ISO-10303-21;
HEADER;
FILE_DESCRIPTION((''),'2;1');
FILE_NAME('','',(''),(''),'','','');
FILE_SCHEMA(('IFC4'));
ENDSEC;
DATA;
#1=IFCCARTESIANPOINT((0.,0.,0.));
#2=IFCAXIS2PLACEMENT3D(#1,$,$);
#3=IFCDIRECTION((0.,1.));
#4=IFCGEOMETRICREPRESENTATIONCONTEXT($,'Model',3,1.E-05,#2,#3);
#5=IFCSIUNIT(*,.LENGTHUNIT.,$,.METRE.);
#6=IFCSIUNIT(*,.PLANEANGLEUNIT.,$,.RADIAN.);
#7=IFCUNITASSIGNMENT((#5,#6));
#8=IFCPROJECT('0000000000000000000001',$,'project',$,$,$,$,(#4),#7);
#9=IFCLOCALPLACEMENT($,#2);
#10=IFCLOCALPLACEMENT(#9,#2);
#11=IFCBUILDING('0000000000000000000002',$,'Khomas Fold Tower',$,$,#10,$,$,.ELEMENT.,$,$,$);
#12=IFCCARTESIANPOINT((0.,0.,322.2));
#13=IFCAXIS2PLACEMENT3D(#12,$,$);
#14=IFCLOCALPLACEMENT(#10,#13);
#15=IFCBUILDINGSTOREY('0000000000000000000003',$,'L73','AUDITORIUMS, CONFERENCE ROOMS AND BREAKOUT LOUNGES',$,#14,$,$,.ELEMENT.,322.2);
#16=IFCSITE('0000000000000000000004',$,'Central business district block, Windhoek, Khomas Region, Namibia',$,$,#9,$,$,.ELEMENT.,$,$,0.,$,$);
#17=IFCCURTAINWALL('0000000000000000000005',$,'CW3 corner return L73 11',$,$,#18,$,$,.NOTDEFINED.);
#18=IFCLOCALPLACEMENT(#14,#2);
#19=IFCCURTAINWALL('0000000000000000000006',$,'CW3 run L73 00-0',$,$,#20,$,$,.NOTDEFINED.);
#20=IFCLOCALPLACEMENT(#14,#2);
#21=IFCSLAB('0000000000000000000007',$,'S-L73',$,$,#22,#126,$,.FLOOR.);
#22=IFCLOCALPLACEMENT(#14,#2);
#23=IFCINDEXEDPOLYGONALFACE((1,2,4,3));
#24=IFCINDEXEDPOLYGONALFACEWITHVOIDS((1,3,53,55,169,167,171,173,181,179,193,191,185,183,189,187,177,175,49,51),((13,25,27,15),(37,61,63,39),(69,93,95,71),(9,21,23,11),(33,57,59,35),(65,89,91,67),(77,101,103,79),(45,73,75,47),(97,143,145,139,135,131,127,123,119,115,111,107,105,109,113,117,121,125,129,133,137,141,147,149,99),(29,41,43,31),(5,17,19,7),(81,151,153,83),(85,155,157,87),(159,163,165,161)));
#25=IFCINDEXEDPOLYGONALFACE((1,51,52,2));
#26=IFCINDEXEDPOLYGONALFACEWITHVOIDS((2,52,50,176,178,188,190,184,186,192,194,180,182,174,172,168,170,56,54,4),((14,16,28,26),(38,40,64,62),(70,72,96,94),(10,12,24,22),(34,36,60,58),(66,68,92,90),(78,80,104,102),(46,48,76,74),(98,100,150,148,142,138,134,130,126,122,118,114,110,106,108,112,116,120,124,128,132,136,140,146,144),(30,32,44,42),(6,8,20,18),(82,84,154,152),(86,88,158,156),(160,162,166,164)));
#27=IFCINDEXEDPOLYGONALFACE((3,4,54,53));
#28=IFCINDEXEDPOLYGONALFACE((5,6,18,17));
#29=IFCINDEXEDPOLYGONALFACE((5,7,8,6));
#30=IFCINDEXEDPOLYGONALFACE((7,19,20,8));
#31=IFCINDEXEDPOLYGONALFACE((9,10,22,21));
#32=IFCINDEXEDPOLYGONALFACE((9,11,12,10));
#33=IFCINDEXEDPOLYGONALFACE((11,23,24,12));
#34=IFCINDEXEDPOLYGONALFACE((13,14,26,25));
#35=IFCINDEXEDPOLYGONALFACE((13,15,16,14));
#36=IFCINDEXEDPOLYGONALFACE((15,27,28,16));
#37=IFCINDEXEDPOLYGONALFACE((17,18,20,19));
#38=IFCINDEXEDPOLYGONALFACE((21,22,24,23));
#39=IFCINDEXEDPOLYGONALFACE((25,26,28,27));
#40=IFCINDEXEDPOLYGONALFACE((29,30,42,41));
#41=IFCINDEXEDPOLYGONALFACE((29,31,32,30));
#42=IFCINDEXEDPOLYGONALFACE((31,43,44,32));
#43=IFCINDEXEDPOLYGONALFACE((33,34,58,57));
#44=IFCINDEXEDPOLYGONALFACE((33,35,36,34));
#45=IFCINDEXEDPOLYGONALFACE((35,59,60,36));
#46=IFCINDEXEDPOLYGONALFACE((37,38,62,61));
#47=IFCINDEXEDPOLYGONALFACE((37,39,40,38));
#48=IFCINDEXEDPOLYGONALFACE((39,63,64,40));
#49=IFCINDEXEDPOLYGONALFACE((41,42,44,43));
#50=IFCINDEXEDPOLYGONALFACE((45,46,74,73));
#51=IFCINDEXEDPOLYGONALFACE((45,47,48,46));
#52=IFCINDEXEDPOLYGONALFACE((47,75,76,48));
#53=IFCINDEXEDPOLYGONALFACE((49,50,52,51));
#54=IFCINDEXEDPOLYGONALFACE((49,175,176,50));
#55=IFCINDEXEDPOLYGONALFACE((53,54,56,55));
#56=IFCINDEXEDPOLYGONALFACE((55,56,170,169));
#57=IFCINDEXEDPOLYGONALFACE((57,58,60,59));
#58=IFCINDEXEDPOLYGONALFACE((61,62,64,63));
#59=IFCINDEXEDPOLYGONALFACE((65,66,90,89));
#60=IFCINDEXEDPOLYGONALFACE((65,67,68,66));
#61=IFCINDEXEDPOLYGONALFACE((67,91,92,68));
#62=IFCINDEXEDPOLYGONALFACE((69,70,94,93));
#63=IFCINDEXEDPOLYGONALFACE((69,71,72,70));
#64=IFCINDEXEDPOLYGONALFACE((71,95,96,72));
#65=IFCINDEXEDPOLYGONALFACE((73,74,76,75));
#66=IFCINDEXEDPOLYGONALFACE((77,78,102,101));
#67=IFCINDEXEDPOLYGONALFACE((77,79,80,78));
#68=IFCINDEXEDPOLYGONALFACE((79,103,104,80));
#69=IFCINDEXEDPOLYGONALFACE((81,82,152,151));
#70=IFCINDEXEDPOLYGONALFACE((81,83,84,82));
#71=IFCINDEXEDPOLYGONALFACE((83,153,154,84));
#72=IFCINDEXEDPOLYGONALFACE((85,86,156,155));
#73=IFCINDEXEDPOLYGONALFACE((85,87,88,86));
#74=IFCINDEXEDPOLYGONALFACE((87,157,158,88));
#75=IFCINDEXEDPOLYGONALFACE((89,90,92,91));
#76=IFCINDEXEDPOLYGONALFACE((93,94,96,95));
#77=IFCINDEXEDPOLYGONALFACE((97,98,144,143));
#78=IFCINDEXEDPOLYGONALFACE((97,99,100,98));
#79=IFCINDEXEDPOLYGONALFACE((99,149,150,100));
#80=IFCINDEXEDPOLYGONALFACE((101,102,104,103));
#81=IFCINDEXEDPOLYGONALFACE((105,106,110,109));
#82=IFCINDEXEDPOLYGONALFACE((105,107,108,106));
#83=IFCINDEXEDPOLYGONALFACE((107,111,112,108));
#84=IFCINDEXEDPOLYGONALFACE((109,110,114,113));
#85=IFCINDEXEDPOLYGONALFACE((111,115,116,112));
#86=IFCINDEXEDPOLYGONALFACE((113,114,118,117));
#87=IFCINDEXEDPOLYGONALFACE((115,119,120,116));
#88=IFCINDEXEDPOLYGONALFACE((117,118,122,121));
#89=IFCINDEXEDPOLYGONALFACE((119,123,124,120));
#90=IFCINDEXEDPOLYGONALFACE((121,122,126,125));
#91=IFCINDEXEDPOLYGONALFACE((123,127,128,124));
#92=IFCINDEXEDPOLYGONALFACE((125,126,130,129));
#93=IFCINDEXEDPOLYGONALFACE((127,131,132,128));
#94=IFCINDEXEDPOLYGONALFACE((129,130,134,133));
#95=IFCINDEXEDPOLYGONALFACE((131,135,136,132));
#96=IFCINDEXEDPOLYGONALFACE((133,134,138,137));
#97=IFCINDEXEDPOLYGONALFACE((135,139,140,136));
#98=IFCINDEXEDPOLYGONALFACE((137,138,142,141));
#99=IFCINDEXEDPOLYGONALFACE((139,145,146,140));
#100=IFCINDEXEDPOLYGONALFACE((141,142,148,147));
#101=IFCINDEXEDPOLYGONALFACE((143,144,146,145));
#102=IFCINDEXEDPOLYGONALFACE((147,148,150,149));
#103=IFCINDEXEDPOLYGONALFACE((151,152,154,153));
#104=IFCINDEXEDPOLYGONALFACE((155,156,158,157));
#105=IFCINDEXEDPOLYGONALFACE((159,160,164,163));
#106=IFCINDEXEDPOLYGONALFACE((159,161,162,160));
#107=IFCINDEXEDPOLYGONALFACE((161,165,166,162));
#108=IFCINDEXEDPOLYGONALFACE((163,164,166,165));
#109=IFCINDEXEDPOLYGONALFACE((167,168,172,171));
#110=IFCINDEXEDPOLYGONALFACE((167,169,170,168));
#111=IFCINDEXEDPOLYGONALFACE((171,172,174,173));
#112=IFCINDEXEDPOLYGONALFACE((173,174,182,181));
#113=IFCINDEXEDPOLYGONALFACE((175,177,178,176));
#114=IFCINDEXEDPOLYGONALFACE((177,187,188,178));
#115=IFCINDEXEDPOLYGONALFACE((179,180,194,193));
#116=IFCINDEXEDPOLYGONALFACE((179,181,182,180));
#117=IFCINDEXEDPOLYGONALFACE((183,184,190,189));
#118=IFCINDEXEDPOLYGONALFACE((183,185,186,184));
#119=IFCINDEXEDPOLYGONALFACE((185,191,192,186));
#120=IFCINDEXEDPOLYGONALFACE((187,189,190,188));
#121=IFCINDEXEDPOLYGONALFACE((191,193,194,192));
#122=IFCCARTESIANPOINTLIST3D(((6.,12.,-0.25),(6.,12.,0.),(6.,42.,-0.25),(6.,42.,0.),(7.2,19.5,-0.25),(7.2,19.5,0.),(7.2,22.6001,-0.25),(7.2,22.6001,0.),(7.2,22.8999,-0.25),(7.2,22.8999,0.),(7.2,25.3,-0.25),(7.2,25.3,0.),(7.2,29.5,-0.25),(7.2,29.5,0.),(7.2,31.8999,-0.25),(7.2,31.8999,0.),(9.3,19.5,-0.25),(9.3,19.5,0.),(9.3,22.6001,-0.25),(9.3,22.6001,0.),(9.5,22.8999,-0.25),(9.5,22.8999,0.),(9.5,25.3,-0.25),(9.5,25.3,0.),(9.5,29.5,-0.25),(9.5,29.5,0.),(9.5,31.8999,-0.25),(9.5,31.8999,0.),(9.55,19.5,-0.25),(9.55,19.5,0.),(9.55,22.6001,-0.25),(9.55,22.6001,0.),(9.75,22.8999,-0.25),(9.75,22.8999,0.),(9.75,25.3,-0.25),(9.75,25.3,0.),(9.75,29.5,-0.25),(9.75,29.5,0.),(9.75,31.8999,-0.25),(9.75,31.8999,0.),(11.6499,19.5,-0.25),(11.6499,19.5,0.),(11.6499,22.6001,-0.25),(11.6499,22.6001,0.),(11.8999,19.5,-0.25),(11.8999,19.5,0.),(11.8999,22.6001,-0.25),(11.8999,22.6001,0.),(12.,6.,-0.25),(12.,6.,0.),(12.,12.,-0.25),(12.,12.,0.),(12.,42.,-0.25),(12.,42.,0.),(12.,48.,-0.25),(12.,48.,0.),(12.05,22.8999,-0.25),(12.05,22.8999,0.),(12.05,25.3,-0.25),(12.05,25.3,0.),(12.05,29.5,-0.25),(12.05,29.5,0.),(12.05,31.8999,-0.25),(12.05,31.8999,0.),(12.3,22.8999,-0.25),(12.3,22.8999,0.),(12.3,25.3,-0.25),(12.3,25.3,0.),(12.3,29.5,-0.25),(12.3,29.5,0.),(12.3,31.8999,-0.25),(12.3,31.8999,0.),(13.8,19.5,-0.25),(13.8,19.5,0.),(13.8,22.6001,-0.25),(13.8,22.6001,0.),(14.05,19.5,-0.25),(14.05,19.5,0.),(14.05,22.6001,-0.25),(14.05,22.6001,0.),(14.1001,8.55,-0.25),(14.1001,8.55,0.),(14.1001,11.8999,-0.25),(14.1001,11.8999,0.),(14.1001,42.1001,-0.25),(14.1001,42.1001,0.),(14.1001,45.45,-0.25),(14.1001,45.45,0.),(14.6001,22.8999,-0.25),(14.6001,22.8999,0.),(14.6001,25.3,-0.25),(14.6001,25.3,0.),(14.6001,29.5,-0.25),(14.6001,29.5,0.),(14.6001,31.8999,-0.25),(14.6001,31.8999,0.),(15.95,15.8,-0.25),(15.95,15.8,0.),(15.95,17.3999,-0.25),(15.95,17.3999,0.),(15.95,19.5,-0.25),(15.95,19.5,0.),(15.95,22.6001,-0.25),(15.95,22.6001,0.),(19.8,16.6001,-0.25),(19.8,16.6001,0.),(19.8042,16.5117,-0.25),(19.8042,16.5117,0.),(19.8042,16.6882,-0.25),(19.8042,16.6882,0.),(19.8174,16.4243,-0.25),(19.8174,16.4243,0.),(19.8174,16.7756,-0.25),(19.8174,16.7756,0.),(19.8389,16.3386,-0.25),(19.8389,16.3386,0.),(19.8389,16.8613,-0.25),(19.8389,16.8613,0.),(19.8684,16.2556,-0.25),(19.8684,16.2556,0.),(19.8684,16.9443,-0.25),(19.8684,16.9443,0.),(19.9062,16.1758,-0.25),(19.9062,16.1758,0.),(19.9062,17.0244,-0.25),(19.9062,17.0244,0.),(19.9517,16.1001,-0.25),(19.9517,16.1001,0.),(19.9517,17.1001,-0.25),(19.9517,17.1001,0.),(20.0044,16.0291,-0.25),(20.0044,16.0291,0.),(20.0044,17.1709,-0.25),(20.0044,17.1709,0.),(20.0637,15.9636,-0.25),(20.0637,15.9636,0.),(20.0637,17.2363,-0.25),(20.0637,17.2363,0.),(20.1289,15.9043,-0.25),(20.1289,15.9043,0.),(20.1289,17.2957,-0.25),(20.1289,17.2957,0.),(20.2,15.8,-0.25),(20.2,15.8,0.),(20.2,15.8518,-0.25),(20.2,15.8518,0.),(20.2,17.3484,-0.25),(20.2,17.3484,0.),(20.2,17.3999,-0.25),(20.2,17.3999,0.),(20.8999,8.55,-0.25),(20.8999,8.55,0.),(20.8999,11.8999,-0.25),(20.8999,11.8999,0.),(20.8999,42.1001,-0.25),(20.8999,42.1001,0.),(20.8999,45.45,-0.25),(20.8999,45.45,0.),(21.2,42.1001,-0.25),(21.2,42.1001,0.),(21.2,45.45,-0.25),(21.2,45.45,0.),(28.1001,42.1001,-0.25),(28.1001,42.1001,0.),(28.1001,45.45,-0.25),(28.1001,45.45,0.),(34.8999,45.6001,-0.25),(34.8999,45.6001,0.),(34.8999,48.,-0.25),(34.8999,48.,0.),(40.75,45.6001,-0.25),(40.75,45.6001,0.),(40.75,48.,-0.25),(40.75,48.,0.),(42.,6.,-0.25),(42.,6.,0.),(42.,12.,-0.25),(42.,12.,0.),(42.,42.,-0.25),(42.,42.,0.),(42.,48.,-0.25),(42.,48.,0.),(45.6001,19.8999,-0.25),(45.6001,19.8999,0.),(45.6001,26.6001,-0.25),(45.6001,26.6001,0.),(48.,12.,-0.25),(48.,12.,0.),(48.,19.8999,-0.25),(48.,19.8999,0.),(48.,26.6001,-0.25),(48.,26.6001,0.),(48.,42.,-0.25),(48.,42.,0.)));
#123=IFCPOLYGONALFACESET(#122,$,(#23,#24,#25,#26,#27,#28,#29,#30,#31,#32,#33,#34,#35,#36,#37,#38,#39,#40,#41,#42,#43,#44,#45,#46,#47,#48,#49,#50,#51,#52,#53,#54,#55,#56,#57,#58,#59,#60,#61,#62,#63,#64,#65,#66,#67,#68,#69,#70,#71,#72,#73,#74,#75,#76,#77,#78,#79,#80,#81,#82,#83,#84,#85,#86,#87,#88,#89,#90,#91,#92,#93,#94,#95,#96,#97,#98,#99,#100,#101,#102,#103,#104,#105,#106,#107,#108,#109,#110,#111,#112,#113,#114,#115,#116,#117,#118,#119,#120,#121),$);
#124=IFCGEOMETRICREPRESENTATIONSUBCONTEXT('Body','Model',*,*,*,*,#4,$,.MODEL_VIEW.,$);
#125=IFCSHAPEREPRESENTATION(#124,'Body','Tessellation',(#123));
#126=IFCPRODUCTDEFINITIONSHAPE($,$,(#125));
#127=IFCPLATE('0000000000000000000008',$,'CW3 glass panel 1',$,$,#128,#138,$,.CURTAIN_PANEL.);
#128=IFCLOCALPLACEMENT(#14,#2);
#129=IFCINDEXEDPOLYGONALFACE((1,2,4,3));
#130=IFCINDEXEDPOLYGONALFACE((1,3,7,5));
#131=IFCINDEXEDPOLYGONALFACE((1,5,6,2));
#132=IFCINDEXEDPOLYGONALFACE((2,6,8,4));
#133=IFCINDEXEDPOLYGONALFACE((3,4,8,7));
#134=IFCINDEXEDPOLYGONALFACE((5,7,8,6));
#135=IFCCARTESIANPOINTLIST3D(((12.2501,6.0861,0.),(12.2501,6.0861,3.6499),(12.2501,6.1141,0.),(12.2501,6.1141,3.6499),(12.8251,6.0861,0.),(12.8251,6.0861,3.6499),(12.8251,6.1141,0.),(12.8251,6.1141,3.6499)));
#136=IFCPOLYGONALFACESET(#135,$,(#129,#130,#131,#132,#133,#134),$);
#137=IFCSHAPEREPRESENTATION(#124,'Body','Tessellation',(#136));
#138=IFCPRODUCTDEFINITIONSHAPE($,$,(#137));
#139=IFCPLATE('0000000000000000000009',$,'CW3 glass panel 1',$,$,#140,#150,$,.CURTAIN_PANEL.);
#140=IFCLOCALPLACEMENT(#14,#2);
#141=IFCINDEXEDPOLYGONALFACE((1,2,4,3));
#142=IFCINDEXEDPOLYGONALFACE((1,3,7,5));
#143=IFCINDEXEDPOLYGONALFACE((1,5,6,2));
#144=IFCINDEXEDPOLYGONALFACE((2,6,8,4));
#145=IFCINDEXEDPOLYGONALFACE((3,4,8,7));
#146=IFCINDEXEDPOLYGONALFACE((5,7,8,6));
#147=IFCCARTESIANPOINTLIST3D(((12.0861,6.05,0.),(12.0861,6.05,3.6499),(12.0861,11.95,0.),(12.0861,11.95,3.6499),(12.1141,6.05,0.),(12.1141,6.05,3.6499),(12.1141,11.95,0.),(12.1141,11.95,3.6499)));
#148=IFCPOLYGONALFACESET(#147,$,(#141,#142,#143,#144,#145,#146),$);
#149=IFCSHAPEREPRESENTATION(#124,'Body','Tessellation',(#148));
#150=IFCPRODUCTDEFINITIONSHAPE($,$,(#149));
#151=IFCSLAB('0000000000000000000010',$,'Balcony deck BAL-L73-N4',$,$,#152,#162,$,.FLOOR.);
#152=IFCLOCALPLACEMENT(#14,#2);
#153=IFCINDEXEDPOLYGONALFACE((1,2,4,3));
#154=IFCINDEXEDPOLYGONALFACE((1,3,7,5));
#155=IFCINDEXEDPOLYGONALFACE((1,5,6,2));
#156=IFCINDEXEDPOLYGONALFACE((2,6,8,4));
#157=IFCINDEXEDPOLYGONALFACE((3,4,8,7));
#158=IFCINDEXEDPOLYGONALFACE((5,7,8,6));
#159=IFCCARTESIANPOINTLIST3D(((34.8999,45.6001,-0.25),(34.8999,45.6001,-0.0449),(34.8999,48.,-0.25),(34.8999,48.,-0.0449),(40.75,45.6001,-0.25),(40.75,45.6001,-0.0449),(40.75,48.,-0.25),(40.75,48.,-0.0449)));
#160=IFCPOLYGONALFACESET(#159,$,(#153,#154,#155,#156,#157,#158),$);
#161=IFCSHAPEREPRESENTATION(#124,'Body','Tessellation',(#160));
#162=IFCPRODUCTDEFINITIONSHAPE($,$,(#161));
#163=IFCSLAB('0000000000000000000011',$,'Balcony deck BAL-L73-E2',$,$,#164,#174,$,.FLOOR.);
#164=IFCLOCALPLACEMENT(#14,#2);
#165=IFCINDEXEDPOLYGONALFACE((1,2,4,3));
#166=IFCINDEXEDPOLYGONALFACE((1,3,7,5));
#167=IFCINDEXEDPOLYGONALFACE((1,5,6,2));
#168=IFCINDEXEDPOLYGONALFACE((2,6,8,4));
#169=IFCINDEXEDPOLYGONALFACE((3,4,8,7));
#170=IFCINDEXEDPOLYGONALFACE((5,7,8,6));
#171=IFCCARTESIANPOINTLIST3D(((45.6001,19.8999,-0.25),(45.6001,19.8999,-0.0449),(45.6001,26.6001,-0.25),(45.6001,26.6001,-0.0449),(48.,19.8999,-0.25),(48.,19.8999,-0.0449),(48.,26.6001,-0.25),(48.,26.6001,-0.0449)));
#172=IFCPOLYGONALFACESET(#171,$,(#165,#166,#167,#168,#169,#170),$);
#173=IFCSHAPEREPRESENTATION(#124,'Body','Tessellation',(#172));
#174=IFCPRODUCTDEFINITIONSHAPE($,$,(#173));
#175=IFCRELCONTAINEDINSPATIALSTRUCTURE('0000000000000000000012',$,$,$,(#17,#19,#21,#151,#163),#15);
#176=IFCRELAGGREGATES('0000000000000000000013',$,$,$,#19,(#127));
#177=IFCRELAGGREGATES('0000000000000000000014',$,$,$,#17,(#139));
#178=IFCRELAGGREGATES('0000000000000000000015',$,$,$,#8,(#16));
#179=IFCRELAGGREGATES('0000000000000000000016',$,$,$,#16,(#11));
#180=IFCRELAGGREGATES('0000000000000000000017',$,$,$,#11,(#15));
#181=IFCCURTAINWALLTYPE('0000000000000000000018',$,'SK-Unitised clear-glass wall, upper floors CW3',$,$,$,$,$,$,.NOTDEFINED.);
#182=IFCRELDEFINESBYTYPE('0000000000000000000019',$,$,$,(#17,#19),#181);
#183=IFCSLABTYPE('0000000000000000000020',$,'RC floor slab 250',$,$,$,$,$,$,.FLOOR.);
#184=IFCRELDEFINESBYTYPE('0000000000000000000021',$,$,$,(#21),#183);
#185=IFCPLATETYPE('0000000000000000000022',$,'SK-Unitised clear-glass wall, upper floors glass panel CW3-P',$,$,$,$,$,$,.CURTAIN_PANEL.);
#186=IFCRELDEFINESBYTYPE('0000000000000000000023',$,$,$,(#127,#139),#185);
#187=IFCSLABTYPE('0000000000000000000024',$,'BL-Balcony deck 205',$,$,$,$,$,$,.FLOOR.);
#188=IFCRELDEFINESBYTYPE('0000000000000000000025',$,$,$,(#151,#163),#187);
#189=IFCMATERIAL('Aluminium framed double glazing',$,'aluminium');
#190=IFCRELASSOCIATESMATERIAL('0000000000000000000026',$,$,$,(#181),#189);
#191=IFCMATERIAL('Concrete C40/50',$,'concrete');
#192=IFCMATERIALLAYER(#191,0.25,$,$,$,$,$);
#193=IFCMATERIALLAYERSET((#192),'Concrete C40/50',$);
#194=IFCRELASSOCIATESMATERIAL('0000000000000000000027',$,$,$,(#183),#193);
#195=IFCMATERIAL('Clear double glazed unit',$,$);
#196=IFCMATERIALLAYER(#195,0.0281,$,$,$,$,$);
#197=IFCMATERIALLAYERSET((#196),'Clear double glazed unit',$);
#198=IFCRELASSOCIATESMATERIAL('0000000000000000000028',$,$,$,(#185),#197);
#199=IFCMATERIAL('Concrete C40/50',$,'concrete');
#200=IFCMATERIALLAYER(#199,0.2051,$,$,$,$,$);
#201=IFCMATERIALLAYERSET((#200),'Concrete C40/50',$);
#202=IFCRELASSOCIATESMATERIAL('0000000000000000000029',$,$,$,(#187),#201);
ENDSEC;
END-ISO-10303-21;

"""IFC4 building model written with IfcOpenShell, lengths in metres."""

from ifc_helpers import new_model, si_unit, direction, frame, origin, origin_2d, place, context, subcontext, project, spatial, polyline, rectangle, outline, extrude, source, transform, mapped, material, layer, layer_set, type_object, element, aggregate, save


model = new_model("IFC4")

# Units and contexts
model_context = context("Model", 3, precision=1e-05, world=origin(), true_north=direction((0.0, 1.0)))
body_context = subcontext(model_context, "Body", "Model", "MODEL_VIEW")
ifc_project = project(units=[si_unit("LENGTHUNIT", "METRE"), si_unit("PLANEANGLEUNIT", "RADIAN")], contexts=[model_context])

# Site, building, storey
site_placement = place(None, origin())
site = spatial("IfcSite", under=ifc_project, at=site_placement, Name="Central business district block, Windhoek, Khomas Region, Namibia", CompositionType="ELEMENT", RefElevation=0.0)
building_placement = place(site_placement, origin())
building = spatial("IfcBuilding", under=site, at=building_placement, Name="Khomas Fold Tower", CompositionType="ELEMENT")
storey_placement = place(building_placement, frame((0.0, 0.0, 322.2)))
storey = spatial("IfcBuildingStorey", under=building, at=storey_placement, Name="L73", Description="AUDITORIUMS, CONFERENCE ROOMS AND BREAKOUT LOUNGES", CompositionType="ELEMENT", Elevation=322.2)

# Shared definitions
ifc_material_1 = material(Name="Aluminium framed double glazing", Category="aluminium")
curtain_wall_type = type_object("IfcCurtainWallType", Name="SK-Unitised clear-glass wall, upper floors CW3", PredefinedType="NOTDEFINED", material=ifc_material_1)

# Curtain wall
curtain_wall_1_placement = place(storey_placement, origin())
curtain_wall_1 = element("IfcCurtainWall", 1, at=curtain_wall_1_placement, inside=storey, type_object=curtain_wall_type, Name="CW3 corner return L73 11", PredefinedType="NOTDEFINED")

# Curtain wall
curtain_wall_2_placement = place(storey_placement, origin())
curtain_wall_2 = element("IfcCurtainWall", 2, at=curtain_wall_2_placement, inside=storey, type_object=curtain_wall_type, Name="CW3 run L73 00-0", PredefinedType="NOTDEFINED")

# Slab
ifc_material_2 = material(Name="Concrete C40/50", Category="concrete")
ifc_layer_1 = layer(ifc_material_2, 0.25)
ifc_layer_set_1 = layer_set([ifc_layer_1], Name="Concrete C40/50")
slab_type_1 = type_object("IfcSlabType", Name="RC floor slab 250", PredefinedType="FLOOR", material=ifc_layer_set_1)
shared_shape_1 = source(origin(), body_context, "Body", "SweptSolid", [
    extrude(outline(polyline([(6.0, 12.0), (12.0, 12.0), (12.0, 6.0), (42.0, 6.0), (42.0, 12.0), (48.0, 12.0), (48.0, 19.8999), (45.6001, 19.8999), (45.6001, 26.6001), (48.0, 26.6001), (48.0, 42.0), (42.0, 42.0), (42.0, 48.0), (40.75, 48.0), (40.75, 45.6001), (34.8999, 45.6001), (34.8999, 48.0), (12.0, 48.0), (12.0, 42.0), (6.0, 42.0), (6.0, 12.0)]), holes=[polyline([(7.2, 19.5), (7.2, 22.6001), (9.3, 22.6001), (9.3, 19.5), (7.2, 19.5)]), polyline([(7.2, 22.8999), (7.2, 25.3), (9.5, 25.3), (9.5, 22.8999), (7.2, 22.8999)]), polyline([(7.2, 29.5), (7.2, 31.8999), (9.5, 31.8999), (9.5, 29.5), (7.2, 29.5)]), polyline([(9.55, 19.5), (9.55, 22.6001), (11.6499, 22.6001), (11.6499, 19.5), (9.55, 19.5)]), polyline([(9.75, 22.8999), (9.75, 25.3), (12.05, 25.3), (12.05, 22.8999), (9.75, 22.8999)]), polyline([(9.75, 29.5), (9.75, 31.8999), (12.05, 31.8999), (12.05, 29.5), (9.75, 29.5)]), polyline([(11.8999, 19.5), (11.8999, 22.6001), (13.8, 22.6001), (13.8, 19.5), (11.8999, 19.5)]), polyline([(12.3, 22.8999), (12.3, 25.3), (14.6001, 25.3), (14.6001, 22.8999), (12.3, 22.8999)]), polyline([(12.3, 29.5), (12.3, 31.8999), (14.6001, 31.8999), (14.6001, 29.5), (12.3, 29.5)]), polyline([(14.05, 19.5), (14.05, 22.6001), (15.95, 22.6001), (15.95, 19.5), (14.05, 19.5)]), polyline([(14.1001, 8.55), (14.1001, 11.8999), (20.8999, 11.8999), (20.8999, 8.55), (14.1001, 8.55)]), polyline([(14.1001, 42.1001), (14.1001, 45.45), (20.8999, 45.45), (20.8999, 42.1001), (14.1001, 42.1001)]), polyline([(15.95, 15.8), (15.95, 17.3999), (20.2, 17.3999), (20.2, 17.3484), (20.2, 17.3484), (20.1289, 17.2957), (20.0637, 17.2363), (20.0044, 17.1709), (19.9517, 17.1001), (19.9062, 17.0244), (19.8684, 16.9443), (19.8389, 16.8613), (19.8174, 16.7756), (19.8042, 16.6882), (19.8, 16.6001), (19.8042, 16.5117), (19.8174, 16.4243), (19.8389, 16.3386), (19.8684, 16.2556), (19.9062, 16.1758), (19.9517, 16.1001), (20.0044, 16.0291), (20.0637, 15.9636), (20.1289, 15.9043), (20.2, 15.8518), (20.2, 15.8518), (20.2, 15.8), (15.95, 15.8)]), polyline([(21.2, 42.1001), (21.2, 45.45), (28.1001, 45.45), (28.1001, 42.1001), (21.2, 42.1001)])]), origin(), (0.0, 0.0, 1.0), 0.25),
])
slab_1_placement = place(storey_placement, frame((0.0, 0.0, -0.25)))
element("IfcSlab", 3, at=slab_1_placement, inside=storey, type_object=slab_type_1, Name="S-L73", PredefinedType="FLOOR", context=body_context, shape_type="MappedRepresentation", body=[
    mapped(shared_shape_1, transform((0.0, 0.0, 0.0))),
])

# Plates
ifc_material_3 = material(Name="Clear double glazed unit")
ifc_layer_2 = layer(ifc_material_3, 0.0281)
ifc_layer_set_2 = layer_set([ifc_layer_2], Name="Clear double glazed unit")
plate_type = type_object("IfcPlateType", Name="SK-Unitised clear-glass wall, upper floors glass panel CW3-P", PredefinedType="CURTAIN_PANEL", material=ifc_layer_set_2)
shared_shape_2 = source(origin(), body_context, "Body", "SweptSolid", [
    extrude(rectangle(XDim=0.575, YDim=0.0281, at=origin_2d()), origin(), (0.0, 0.0, 1.0), 3.6499),
])
plate_1_placement = place(storey_placement, frame((12.5376, 6.1001, 0.0), z_axis=(0.0, 0.0, 1.0), x_axis=(1.0, 0.0, 0.0)))
plate_1 = element("IfcPlate", 4, at=plate_1_placement, type_object=plate_type, Name="CW3 glass panel 1", PredefinedType="CURTAIN_PANEL", context=body_context, shape_type="MappedRepresentation", body=[
    mapped(shared_shape_2, transform((0.0, 0.0, 0.0))),
])
aggregate(curtain_wall_2, [plate_1])
shared_shape_3 = source(origin(), body_context, "Body", "SweptSolid", [
    extrude(rectangle(XDim=5.8999, YDim=0.0281, at=origin_2d()), origin(), (0.0, 0.0, 1.0), 3.6499),
])
plate_2_placement = place(storey_placement, frame((12.1001, 9.0, 0.0), z_axis=(0.0, 0.0, 1.0), x_axis=(0.0, -1.0, 0.0)))
plate_2 = element("IfcPlate", 5, at=plate_2_placement, type_object=plate_type, Name="CW3 glass panel 1", PredefinedType="CURTAIN_PANEL", context=body_context, shape_type="MappedRepresentation", body=[
    mapped(shared_shape_3, transform((0.0, 0.0, 0.0))),
])
aggregate(curtain_wall_1, [plate_2])

# Slabs
ifc_material_4 = material(Name="Concrete C40/50", Category="concrete")
ifc_layer_3 = layer(ifc_material_4, 0.2051)
ifc_layer_set_3 = layer_set([ifc_layer_3], Name="Concrete C40/50")
slab_type_2 = type_object("IfcSlabType", Name="BL-Balcony deck 205", PredefinedType="FLOOR", material=ifc_layer_set_3)
shared_shape_4 = source(origin(), body_context, "Body", "SweptSolid", [
    extrude(outline(polyline([(34.8999, 45.6001), (40.75, 45.6001), (40.75, 48.0), (34.8999, 48.0), (34.8999, 45.6001)])), origin(), (0.0, 0.0, 1.0), 0.2051),
])
slab_2_placement = place(storey_placement, frame((0.0, 0.0, -0.25)))
element("IfcSlab", 6, at=slab_2_placement, inside=storey, type_object=slab_type_2, Name="Balcony deck BAL-L73-N4", PredefinedType="FLOOR", context=body_context, shape_type="MappedRepresentation", body=[
    mapped(shared_shape_4, transform((0.0, 0.0, 0.0))),
])
shared_shape_5 = source(origin(), body_context, "Body", "SweptSolid", [
    extrude(outline(polyline([(45.6001, 19.8999), (48.0, 19.8999), (48.0, 26.6001), (45.6001, 26.6001), (45.6001, 19.8999)])), origin(), (0.0, 0.0, 1.0), 0.2051),
])
slab_3_placement = place(storey_placement, frame((0.0, 0.0, -0.25)))
element("IfcSlab", 7, at=slab_3_placement, inside=storey, type_object=slab_type_2, Name="Balcony deck BAL-L73-E2", PredefinedType="FLOOR", context=body_context, shape_type="MappedRepresentation", body=[
    mapped(shared_shape_5, transform((0.0, 0.0, 0.0))),
])

save(model, "model.ifc")
